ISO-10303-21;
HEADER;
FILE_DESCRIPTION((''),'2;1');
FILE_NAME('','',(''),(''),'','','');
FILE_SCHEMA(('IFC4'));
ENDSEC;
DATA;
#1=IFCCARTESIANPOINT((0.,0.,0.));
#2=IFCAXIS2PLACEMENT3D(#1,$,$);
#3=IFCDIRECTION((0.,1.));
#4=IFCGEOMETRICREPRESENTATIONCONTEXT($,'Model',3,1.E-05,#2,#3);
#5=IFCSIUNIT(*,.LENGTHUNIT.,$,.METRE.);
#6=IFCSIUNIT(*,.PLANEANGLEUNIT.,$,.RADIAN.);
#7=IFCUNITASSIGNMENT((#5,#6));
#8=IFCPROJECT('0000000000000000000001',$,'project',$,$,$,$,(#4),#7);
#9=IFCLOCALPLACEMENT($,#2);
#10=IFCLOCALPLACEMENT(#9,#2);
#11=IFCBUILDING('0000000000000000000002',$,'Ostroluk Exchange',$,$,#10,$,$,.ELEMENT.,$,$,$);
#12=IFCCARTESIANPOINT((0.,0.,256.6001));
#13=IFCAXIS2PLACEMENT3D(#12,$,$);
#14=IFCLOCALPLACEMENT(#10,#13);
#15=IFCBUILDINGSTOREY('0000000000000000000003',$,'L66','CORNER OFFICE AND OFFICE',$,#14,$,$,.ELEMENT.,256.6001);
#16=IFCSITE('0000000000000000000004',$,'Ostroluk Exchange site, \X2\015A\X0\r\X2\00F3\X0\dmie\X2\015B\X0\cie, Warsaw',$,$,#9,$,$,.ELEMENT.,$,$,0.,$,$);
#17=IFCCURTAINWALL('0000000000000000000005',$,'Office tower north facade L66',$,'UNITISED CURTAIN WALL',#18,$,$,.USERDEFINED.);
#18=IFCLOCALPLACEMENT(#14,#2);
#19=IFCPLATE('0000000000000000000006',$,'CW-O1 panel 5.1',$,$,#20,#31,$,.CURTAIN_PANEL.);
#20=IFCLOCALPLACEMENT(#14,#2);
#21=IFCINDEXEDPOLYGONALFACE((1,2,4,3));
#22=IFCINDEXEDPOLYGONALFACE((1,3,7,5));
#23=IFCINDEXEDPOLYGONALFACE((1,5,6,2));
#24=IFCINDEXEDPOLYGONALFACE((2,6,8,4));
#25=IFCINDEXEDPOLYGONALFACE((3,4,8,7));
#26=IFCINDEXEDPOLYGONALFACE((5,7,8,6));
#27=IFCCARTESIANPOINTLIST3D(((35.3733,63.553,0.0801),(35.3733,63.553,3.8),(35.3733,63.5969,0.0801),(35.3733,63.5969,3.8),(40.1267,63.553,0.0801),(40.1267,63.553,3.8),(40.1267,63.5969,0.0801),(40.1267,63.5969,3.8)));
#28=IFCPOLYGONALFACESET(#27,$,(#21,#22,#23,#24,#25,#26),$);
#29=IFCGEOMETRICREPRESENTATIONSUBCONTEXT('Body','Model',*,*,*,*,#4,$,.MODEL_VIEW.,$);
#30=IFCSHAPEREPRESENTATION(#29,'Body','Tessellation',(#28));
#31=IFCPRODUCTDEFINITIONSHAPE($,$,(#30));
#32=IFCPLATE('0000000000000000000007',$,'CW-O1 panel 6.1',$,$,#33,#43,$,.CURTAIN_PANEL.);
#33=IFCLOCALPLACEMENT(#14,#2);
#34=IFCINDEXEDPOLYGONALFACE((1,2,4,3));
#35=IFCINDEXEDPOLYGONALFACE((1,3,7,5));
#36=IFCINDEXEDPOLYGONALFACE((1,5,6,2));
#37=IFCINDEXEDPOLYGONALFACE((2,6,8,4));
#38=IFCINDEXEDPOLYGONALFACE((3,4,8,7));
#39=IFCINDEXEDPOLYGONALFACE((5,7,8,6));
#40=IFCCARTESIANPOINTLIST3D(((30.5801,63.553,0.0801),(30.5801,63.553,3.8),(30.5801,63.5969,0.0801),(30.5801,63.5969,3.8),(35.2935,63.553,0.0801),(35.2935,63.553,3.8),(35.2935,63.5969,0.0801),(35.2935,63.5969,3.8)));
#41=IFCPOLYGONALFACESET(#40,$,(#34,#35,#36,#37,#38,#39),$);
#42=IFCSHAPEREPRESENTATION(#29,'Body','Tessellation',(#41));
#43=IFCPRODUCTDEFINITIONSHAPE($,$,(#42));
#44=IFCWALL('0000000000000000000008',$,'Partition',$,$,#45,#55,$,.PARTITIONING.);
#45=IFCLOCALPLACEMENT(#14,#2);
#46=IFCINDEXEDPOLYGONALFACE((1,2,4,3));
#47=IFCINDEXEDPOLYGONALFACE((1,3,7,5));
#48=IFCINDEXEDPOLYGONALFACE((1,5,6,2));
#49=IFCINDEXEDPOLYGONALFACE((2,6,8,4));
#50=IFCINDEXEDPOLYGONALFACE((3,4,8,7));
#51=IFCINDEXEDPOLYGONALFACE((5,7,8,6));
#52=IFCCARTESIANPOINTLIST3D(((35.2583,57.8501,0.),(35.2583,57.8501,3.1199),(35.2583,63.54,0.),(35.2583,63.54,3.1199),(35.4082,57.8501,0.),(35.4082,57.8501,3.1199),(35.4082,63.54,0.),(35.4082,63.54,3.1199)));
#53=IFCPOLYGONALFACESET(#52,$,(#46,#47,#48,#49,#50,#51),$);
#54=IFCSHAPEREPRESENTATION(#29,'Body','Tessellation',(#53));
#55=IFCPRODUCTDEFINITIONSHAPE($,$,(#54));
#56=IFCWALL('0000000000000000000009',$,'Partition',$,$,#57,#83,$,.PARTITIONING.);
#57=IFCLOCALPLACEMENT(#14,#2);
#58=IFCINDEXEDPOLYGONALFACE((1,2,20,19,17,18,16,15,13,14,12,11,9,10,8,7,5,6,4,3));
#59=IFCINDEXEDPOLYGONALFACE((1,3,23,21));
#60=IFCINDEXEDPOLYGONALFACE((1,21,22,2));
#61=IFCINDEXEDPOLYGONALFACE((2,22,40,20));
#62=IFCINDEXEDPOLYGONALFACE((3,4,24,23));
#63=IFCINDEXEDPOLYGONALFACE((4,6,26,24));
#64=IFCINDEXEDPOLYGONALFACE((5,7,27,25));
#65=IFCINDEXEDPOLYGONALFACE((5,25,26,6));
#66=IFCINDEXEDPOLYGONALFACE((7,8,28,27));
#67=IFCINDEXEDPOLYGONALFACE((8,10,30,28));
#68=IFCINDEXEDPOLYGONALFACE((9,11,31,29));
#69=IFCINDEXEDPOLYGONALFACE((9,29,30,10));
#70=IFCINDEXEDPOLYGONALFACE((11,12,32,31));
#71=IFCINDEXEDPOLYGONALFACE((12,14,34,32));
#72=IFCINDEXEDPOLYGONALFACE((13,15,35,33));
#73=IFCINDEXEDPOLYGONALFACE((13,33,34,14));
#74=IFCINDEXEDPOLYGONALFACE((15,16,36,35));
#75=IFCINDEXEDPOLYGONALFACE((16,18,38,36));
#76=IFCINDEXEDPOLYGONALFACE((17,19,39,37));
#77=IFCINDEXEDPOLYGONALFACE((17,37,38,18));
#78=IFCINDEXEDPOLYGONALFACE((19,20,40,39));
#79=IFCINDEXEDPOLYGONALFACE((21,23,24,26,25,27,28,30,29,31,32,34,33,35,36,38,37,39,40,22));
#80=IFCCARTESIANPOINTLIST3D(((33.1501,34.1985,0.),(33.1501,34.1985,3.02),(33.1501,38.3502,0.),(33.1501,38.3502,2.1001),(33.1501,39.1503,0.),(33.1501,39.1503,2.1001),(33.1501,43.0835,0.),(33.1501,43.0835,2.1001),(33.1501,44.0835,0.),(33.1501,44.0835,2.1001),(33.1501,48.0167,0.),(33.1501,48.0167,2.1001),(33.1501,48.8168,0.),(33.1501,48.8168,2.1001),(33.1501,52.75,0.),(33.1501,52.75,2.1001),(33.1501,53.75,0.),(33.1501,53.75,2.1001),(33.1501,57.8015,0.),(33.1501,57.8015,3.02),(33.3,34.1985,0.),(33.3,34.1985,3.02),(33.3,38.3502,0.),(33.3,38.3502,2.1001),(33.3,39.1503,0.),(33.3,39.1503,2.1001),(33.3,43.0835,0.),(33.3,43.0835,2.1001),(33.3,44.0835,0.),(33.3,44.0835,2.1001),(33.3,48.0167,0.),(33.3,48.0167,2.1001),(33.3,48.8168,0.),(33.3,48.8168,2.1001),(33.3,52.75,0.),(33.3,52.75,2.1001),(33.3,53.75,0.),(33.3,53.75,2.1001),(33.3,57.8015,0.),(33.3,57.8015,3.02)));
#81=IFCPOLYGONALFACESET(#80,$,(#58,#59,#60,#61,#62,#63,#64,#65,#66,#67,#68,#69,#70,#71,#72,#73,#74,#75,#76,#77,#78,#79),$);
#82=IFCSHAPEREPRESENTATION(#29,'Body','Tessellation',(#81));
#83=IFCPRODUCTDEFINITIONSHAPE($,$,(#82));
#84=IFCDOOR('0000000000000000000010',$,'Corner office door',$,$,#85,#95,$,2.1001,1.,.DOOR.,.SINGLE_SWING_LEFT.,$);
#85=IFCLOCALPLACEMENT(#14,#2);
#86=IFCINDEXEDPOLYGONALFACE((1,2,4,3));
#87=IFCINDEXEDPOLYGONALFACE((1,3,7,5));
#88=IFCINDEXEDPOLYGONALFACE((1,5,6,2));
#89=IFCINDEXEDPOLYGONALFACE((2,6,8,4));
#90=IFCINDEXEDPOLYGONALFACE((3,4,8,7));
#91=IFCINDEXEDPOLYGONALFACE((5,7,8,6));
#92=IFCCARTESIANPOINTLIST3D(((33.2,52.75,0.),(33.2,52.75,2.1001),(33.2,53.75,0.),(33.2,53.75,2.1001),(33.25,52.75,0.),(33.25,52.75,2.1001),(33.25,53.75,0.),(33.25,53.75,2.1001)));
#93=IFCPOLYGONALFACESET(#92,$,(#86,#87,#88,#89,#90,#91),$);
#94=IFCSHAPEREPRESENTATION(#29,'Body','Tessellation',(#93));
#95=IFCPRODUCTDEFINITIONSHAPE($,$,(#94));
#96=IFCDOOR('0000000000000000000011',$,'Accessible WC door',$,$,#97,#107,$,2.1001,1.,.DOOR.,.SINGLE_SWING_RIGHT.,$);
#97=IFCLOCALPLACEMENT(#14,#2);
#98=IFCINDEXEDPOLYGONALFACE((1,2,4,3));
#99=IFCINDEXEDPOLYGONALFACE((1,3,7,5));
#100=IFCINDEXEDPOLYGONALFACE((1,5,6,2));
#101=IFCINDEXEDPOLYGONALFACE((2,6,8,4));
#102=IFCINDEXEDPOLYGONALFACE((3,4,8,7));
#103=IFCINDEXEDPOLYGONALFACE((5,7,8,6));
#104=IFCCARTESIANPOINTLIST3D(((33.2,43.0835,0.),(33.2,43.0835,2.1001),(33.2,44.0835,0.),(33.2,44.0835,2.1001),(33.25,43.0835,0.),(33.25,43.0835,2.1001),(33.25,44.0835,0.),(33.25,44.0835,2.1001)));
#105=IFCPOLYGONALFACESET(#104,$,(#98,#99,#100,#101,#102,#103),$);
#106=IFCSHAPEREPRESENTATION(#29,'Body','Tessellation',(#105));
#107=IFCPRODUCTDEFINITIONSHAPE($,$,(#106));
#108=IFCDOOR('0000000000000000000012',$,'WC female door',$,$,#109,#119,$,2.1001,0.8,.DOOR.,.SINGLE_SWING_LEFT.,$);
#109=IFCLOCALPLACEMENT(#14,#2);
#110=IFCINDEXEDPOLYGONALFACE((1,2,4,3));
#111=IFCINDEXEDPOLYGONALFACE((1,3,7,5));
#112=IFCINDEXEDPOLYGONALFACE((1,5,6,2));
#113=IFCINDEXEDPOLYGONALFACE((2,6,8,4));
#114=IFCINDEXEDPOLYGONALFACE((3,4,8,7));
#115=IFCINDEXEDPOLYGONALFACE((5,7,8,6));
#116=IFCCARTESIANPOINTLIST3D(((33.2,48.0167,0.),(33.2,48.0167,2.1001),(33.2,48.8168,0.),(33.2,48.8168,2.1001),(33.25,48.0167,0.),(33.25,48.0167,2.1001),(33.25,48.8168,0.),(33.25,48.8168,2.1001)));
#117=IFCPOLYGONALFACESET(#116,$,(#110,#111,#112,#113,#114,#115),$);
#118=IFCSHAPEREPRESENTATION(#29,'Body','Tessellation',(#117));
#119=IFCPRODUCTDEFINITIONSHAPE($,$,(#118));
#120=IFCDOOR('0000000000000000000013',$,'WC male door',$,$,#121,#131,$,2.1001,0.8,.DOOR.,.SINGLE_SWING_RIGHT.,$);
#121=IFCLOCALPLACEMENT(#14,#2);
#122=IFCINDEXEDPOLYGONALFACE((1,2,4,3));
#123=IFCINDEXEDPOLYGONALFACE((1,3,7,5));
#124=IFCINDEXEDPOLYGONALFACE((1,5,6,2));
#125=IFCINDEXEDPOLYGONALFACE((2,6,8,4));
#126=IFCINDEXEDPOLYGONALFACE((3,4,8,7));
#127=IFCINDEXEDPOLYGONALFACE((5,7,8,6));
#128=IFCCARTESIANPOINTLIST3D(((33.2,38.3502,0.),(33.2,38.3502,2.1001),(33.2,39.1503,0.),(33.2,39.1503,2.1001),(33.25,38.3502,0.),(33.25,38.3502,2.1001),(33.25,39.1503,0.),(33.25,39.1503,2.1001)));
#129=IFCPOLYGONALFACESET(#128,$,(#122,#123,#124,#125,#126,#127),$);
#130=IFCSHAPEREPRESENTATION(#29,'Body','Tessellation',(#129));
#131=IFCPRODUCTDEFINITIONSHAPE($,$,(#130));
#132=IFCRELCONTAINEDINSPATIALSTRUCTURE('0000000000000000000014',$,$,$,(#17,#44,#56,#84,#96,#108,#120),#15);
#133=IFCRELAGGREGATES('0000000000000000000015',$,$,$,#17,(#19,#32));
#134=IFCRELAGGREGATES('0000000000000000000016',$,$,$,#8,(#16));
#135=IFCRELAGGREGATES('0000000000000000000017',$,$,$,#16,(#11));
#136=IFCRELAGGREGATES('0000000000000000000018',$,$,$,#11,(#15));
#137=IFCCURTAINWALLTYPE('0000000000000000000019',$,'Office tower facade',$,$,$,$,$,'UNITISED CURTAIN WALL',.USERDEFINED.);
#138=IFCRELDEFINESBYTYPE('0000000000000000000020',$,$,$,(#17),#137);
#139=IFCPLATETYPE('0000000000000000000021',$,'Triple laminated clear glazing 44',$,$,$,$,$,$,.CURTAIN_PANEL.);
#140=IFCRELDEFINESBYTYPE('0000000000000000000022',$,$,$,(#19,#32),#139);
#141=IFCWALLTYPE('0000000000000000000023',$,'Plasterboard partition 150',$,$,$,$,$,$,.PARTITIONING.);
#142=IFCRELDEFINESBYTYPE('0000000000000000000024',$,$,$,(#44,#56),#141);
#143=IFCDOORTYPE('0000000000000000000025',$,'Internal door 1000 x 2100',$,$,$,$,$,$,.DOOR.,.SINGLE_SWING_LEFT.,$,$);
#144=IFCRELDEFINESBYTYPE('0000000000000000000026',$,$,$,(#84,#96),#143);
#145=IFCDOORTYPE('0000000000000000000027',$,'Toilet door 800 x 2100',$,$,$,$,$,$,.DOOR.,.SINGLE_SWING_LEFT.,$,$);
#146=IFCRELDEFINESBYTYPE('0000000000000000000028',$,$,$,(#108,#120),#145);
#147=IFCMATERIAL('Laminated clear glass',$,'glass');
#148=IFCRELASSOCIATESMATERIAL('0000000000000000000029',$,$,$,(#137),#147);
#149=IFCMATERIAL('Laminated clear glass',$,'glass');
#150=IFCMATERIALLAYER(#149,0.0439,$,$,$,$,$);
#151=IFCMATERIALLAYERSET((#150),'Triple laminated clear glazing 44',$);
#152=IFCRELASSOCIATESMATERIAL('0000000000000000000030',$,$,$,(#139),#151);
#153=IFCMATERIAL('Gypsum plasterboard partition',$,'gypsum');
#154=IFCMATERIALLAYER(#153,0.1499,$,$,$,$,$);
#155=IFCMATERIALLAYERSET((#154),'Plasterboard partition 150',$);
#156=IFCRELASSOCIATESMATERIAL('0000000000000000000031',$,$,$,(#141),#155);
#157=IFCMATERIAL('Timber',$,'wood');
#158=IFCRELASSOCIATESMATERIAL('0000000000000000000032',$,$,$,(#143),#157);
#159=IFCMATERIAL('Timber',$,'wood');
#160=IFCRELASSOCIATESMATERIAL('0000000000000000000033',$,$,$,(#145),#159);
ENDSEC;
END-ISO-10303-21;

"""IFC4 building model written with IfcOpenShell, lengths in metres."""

from ifc_helpers import new_model, si_unit, direction, frame, frame_2d, origin, origin_2d, place, context, subcontext, project, spatial, rectangle, extrude, material, layer, layer_set, type_object, element, fill, aggregate, save


model = new_model("IFC4")

# Units and contexts
model_context = context("Model", 3, precision=1e-05, world=origin(), true_north=direction((0.0, 1.0)))
body_context = subcontext(model_context, "Body", "Model", "MODEL_VIEW")
ifc_project = project(units=[si_unit("LENGTHUNIT", "METRE"), si_unit("PLANEANGLEUNIT", "RADIAN")], contexts=[model_context])

# Site, building, storey
site_placement = place(None, origin())
site = spatial("IfcSite", under=ifc_project, at=site_placement, Name="Ostroluk Exchange site, Śródmieście, Warsaw", CompositionType="ELEMENT", RefElevation=0.0)
building_placement = place(site_placement, origin())
building = spatial("IfcBuilding", under=site, at=building_placement, Name="Ostroluk Exchange", CompositionType="ELEMENT")
storey_placement = place(building_placement, frame((0.0, 0.0, 256.6001)))
storey = spatial("IfcBuildingStorey", under=building, at=storey_placement, Name="L66", Description="CORNER OFFICE AND OFFICE", CompositionType="ELEMENT", Elevation=256.6001)

# Curtain wall, plates
ifc_material_1 = material(Name="Laminated clear glass", Category="glass")
curtain_wall_type = type_object("IfcCurtainWallType", Name="Office tower facade", ElementType="UNITISED CURTAIN WALL", PredefinedType="USERDEFINED", material=ifc_material_1)
curtain_wall_placement = place(storey_placement, origin())
curtain_wall = element("IfcCurtainWall", 1, at=curtain_wall_placement, inside=storey, type_object=curtain_wall_type, Name="Office tower north facade L66", ObjectType="UNITISED CURTAIN WALL", PredefinedType="USERDEFINED")
ifc_material_2 = material(Name="Laminated clear glass", Category="glass")
ifc_layer_1 = layer(ifc_material_2, 0.0439)
ifc_layer_set_1 = layer_set([ifc_layer_1], Name="Triple laminated clear glazing 44")
plate_type = type_object("IfcPlateType", Name="Triple laminated clear glazing 44", PredefinedType="CURTAIN_PANEL", material=ifc_layer_set_1)
plate_1_placement = place(storey_placement, frame((37.75, 63.575, 0.0801), z_axis=(0.0, 0.0, 1.0), x_axis=(-1.0, 0.0, 0.0)))
plate_1 = element("IfcPlate", 2, at=plate_1_placement, type_object=plate_type, Name="CW-O1 panel 5.1", PredefinedType="CURTAIN_PANEL", context=body_context, shape_type="SweptSolid", body=[
    extrude(rectangle(XDim=4.7534, YDim=0.0439, at=origin_2d()), origin(), (0.0, 0.0, 1.0), 3.72),
])
plate_2_placement = place(storey_placement, frame((32.9368, 63.575, 0.0801), z_axis=(0.0, 0.0, 1.0), x_axis=(-1.0, 0.0, 0.0)))
plate_2 = element("IfcPlate", 3, at=plate_2_placement, type_object=plate_type, Name="CW-O1 panel 6.1", PredefinedType="CURTAIN_PANEL", context=body_context, shape_type="SweptSolid", body=[
    extrude(rectangle(XDim=4.7134, YDim=0.0439, at=origin_2d()), origin(), (0.0, 0.0, 1.0), 3.72),
])
aggregate(curtain_wall, [plate_1, plate_2])

# Wall
ifc_material_3 = material(Name="Gypsum plasterboard partition", Category="gypsum")
ifc_layer_2 = layer(ifc_material_3, 0.1499)
ifc_layer_set_2 = layer_set([ifc_layer_2], Name="Plasterboard partition 150")
wall_type = type_object("IfcWallType", Name="Plasterboard partition 150", PredefinedType="PARTITIONING", material=ifc_layer_set_2)
wall_1_placement = place(storey_placement, frame((35.3333, 57.8501, 0.0), z_axis=(0.0, 0.0, 1.0), x_axis=(0.0, 1.0, 0.0)))
element("IfcWall", 4, at=wall_1_placement, inside=storey, type_object=wall_type, Name="Partition", PredefinedType="PARTITIONING", context=body_context, shape_type="SweptSolid", body=[
    extrude(rectangle(XDim=5.6899, YDim=0.1499, at=frame_2d((2.845, 0.0))), origin(), (0.0, 0.0, 1.0), 3.1199),
])

# Wall, openings, doors
wall_2_placement = place(storey_placement, frame((33.2251, 57.8015, 0.0), z_axis=(0.0, 0.0, 1.0), x_axis=(0.0, -1.0, 0.0)))
wall_2 = element("IfcWall", 5, at=wall_2_placement, inside=storey, type_object=wall_type, Name="Partition", PredefinedType="PARTITIONING", context=body_context, shape_type="SweptSolid", body=[
    extrude(rectangle(XDim=23.603, YDim=0.1499, at=frame_2d((11.8015, 0.0))), origin(), (0.0, 0.0, 1.0), 3.02),
])
opening_1_placement = place(wall_2_placement, frame((4.0515, 0.0, 0.0)))
opening_1 = element("IfcOpeningElement", 6, at=opening_1_placement, cuts=wall_2, PredefinedType="OPENING", context=body_context, shape_type="SweptSolid", body=[
    extrude(rectangle(XDim=1.0, YDim=2.1001, at=frame_2d((0.5, 1.05))), frame((0.0, 0.085, 0.0), z_axis=(0.0, -1.0, 0.0), x_axis=(1.0, 0.0, 0.0)), (0.0, 0.0, 1.0), 0.1699),
])
opening_2_placement = place(wall_2_placement, frame((8.9849, 0.0, 0.0)))
opening_2 = element("IfcOpeningElement", 7, at=opening_2_placement, cuts=wall_2, PredefinedType="OPENING", context=body_context, shape_type="SweptSolid", body=[
    extrude(rectangle(XDim=0.8, YDim=2.1001, at=frame_2d((0.3999, 1.05))), frame((0.0, 0.085, 0.0), z_axis=(0.0, -1.0, 0.0), x_axis=(1.0, 0.0, 0.0)), (0.0, 0.0, 1.0), 0.1699),
])
opening_3_placement = place(wall_2_placement, frame((13.718, 0.0, 0.0)))
opening_3 = element("IfcOpeningElement", 8, at=opening_3_placement, cuts=wall_2, PredefinedType="OPENING", context=body_context, shape_type="SweptSolid", body=[
    extrude(rectangle(XDim=1.0, YDim=2.1001, at=frame_2d((0.5, 1.05))), frame((0.0, 0.085, 0.0), z_axis=(0.0, -1.0, 0.0), x_axis=(1.0, 0.0, 0.0)), (0.0, 0.0, 1.0), 0.1699),
])
opening_4_placement = place(wall_2_placement, frame((18.6514, 0.0, 0.0)))
opening_4 = element("IfcOpeningElement", 9, at=opening_4_placement, cuts=wall_2, PredefinedType="OPENING", context=body_context, shape_type="SweptSolid", body=[
    extrude(rectangle(XDim=0.8, YDim=2.1001, at=frame_2d((0.3999, 1.05))), frame((0.0, 0.085, 0.0), z_axis=(0.0, -1.0, 0.0), x_axis=(1.0, 0.0, 0.0)), (0.0, 0.0, 1.0), 0.1699),
])
ifc_material_4 = material(Name="Timber", Category="wood")
door_type_1 = type_object("IfcDoorType", Name="Internal door 1000 x 2100", OperationType="SINGLE_SWING_LEFT", PredefinedType="DOOR", material=ifc_material_4)
door_1_placement = place(opening_1_placement, origin())
door_1 = element("IfcDoor", 10, at=door_1_placement, inside=storey, type_object=door_type_1, Name="Corner office door", OperationType="SINGLE_SWING_LEFT", OverallHeight=2.1001, OverallWidth=1.0, PredefinedType="DOOR", context=body_context, shape_type="SweptSolid", body=[
    extrude(rectangle(XDim=1.0, YDim=2.1001, at=frame_2d((0.5, 1.05))), frame((0.0, 0.0249, 0.0), z_axis=(0.0, -1.0, 0.0), x_axis=(1.0, 0.0, 0.0)), (0.0, 0.0, 1.0), 0.05),
])
fill(opening_1, door_1)
door_2_placement = place(opening_3_placement, origin())
door_2 = element("IfcDoor", 11, at=door_2_placement, inside=storey, type_object=door_type_1, Name="Accessible WC door", OperationType="SINGLE_SWING_RIGHT", OverallHeight=2.1001, OverallWidth=1.0, PredefinedType="DOOR", context=body_context, shape_type="SweptSolid", body=[
    extrude(rectangle(XDim=1.0, YDim=2.1001, at=frame_2d((0.5, 1.05))), frame((0.0, 0.0249, 0.0), z_axis=(0.0, -1.0, 0.0), x_axis=(1.0, 0.0, 0.0)), (0.0, 0.0, 1.0), 0.05),
])
fill(opening_3, door_2)
ifc_material_5 = material(Name="Timber", Category="wood")
door_type_2 = type_object("IfcDoorType", Name="Toilet door 800 x 2100", OperationType="SINGLE_SWING_LEFT", PredefinedType="DOOR", material=ifc_material_5)
door_3_placement = place(opening_2_placement, origin())
door_3 = element("IfcDoor", 12, at=door_3_placement, inside=storey, type_object=door_type_2, Name="WC female door", OperationType="SINGLE_SWING_LEFT", OverallHeight=2.1001, OverallWidth=0.8, PredefinedType="DOOR", context=body_context, shape_type="SweptSolid", body=[
    extrude(rectangle(XDim=0.8, YDim=2.1001, at=frame_2d((0.3999, 1.05))), frame((0.0, 0.0249, 0.0), z_axis=(0.0, -1.0, 0.0), x_axis=(1.0, 0.0, 0.0)), (0.0, 0.0, 1.0), 0.05),
])
fill(opening_2, door_3)
door_4_placement = place(opening_4_placement, origin())
door_4 = element("IfcDoor", 13, at=door_4_placement, inside=storey, type_object=door_type_2, Name="WC male door", OperationType="SINGLE_SWING_RIGHT", OverallHeight=2.1001, OverallWidth=0.8, PredefinedType="DOOR", context=body_context, shape_type="SweptSolid", body=[
    extrude(rectangle(XDim=0.8, YDim=2.1001, at=frame_2d((0.3999, 1.05))), frame((0.0, 0.0249, 0.0), z_axis=(0.0, -1.0, 0.0), x_axis=(1.0, 0.0, 0.0)), (0.0, 0.0, 1.0), 0.05),
])
fill(opening_4, door_4)

save(model, "model.ifc")
